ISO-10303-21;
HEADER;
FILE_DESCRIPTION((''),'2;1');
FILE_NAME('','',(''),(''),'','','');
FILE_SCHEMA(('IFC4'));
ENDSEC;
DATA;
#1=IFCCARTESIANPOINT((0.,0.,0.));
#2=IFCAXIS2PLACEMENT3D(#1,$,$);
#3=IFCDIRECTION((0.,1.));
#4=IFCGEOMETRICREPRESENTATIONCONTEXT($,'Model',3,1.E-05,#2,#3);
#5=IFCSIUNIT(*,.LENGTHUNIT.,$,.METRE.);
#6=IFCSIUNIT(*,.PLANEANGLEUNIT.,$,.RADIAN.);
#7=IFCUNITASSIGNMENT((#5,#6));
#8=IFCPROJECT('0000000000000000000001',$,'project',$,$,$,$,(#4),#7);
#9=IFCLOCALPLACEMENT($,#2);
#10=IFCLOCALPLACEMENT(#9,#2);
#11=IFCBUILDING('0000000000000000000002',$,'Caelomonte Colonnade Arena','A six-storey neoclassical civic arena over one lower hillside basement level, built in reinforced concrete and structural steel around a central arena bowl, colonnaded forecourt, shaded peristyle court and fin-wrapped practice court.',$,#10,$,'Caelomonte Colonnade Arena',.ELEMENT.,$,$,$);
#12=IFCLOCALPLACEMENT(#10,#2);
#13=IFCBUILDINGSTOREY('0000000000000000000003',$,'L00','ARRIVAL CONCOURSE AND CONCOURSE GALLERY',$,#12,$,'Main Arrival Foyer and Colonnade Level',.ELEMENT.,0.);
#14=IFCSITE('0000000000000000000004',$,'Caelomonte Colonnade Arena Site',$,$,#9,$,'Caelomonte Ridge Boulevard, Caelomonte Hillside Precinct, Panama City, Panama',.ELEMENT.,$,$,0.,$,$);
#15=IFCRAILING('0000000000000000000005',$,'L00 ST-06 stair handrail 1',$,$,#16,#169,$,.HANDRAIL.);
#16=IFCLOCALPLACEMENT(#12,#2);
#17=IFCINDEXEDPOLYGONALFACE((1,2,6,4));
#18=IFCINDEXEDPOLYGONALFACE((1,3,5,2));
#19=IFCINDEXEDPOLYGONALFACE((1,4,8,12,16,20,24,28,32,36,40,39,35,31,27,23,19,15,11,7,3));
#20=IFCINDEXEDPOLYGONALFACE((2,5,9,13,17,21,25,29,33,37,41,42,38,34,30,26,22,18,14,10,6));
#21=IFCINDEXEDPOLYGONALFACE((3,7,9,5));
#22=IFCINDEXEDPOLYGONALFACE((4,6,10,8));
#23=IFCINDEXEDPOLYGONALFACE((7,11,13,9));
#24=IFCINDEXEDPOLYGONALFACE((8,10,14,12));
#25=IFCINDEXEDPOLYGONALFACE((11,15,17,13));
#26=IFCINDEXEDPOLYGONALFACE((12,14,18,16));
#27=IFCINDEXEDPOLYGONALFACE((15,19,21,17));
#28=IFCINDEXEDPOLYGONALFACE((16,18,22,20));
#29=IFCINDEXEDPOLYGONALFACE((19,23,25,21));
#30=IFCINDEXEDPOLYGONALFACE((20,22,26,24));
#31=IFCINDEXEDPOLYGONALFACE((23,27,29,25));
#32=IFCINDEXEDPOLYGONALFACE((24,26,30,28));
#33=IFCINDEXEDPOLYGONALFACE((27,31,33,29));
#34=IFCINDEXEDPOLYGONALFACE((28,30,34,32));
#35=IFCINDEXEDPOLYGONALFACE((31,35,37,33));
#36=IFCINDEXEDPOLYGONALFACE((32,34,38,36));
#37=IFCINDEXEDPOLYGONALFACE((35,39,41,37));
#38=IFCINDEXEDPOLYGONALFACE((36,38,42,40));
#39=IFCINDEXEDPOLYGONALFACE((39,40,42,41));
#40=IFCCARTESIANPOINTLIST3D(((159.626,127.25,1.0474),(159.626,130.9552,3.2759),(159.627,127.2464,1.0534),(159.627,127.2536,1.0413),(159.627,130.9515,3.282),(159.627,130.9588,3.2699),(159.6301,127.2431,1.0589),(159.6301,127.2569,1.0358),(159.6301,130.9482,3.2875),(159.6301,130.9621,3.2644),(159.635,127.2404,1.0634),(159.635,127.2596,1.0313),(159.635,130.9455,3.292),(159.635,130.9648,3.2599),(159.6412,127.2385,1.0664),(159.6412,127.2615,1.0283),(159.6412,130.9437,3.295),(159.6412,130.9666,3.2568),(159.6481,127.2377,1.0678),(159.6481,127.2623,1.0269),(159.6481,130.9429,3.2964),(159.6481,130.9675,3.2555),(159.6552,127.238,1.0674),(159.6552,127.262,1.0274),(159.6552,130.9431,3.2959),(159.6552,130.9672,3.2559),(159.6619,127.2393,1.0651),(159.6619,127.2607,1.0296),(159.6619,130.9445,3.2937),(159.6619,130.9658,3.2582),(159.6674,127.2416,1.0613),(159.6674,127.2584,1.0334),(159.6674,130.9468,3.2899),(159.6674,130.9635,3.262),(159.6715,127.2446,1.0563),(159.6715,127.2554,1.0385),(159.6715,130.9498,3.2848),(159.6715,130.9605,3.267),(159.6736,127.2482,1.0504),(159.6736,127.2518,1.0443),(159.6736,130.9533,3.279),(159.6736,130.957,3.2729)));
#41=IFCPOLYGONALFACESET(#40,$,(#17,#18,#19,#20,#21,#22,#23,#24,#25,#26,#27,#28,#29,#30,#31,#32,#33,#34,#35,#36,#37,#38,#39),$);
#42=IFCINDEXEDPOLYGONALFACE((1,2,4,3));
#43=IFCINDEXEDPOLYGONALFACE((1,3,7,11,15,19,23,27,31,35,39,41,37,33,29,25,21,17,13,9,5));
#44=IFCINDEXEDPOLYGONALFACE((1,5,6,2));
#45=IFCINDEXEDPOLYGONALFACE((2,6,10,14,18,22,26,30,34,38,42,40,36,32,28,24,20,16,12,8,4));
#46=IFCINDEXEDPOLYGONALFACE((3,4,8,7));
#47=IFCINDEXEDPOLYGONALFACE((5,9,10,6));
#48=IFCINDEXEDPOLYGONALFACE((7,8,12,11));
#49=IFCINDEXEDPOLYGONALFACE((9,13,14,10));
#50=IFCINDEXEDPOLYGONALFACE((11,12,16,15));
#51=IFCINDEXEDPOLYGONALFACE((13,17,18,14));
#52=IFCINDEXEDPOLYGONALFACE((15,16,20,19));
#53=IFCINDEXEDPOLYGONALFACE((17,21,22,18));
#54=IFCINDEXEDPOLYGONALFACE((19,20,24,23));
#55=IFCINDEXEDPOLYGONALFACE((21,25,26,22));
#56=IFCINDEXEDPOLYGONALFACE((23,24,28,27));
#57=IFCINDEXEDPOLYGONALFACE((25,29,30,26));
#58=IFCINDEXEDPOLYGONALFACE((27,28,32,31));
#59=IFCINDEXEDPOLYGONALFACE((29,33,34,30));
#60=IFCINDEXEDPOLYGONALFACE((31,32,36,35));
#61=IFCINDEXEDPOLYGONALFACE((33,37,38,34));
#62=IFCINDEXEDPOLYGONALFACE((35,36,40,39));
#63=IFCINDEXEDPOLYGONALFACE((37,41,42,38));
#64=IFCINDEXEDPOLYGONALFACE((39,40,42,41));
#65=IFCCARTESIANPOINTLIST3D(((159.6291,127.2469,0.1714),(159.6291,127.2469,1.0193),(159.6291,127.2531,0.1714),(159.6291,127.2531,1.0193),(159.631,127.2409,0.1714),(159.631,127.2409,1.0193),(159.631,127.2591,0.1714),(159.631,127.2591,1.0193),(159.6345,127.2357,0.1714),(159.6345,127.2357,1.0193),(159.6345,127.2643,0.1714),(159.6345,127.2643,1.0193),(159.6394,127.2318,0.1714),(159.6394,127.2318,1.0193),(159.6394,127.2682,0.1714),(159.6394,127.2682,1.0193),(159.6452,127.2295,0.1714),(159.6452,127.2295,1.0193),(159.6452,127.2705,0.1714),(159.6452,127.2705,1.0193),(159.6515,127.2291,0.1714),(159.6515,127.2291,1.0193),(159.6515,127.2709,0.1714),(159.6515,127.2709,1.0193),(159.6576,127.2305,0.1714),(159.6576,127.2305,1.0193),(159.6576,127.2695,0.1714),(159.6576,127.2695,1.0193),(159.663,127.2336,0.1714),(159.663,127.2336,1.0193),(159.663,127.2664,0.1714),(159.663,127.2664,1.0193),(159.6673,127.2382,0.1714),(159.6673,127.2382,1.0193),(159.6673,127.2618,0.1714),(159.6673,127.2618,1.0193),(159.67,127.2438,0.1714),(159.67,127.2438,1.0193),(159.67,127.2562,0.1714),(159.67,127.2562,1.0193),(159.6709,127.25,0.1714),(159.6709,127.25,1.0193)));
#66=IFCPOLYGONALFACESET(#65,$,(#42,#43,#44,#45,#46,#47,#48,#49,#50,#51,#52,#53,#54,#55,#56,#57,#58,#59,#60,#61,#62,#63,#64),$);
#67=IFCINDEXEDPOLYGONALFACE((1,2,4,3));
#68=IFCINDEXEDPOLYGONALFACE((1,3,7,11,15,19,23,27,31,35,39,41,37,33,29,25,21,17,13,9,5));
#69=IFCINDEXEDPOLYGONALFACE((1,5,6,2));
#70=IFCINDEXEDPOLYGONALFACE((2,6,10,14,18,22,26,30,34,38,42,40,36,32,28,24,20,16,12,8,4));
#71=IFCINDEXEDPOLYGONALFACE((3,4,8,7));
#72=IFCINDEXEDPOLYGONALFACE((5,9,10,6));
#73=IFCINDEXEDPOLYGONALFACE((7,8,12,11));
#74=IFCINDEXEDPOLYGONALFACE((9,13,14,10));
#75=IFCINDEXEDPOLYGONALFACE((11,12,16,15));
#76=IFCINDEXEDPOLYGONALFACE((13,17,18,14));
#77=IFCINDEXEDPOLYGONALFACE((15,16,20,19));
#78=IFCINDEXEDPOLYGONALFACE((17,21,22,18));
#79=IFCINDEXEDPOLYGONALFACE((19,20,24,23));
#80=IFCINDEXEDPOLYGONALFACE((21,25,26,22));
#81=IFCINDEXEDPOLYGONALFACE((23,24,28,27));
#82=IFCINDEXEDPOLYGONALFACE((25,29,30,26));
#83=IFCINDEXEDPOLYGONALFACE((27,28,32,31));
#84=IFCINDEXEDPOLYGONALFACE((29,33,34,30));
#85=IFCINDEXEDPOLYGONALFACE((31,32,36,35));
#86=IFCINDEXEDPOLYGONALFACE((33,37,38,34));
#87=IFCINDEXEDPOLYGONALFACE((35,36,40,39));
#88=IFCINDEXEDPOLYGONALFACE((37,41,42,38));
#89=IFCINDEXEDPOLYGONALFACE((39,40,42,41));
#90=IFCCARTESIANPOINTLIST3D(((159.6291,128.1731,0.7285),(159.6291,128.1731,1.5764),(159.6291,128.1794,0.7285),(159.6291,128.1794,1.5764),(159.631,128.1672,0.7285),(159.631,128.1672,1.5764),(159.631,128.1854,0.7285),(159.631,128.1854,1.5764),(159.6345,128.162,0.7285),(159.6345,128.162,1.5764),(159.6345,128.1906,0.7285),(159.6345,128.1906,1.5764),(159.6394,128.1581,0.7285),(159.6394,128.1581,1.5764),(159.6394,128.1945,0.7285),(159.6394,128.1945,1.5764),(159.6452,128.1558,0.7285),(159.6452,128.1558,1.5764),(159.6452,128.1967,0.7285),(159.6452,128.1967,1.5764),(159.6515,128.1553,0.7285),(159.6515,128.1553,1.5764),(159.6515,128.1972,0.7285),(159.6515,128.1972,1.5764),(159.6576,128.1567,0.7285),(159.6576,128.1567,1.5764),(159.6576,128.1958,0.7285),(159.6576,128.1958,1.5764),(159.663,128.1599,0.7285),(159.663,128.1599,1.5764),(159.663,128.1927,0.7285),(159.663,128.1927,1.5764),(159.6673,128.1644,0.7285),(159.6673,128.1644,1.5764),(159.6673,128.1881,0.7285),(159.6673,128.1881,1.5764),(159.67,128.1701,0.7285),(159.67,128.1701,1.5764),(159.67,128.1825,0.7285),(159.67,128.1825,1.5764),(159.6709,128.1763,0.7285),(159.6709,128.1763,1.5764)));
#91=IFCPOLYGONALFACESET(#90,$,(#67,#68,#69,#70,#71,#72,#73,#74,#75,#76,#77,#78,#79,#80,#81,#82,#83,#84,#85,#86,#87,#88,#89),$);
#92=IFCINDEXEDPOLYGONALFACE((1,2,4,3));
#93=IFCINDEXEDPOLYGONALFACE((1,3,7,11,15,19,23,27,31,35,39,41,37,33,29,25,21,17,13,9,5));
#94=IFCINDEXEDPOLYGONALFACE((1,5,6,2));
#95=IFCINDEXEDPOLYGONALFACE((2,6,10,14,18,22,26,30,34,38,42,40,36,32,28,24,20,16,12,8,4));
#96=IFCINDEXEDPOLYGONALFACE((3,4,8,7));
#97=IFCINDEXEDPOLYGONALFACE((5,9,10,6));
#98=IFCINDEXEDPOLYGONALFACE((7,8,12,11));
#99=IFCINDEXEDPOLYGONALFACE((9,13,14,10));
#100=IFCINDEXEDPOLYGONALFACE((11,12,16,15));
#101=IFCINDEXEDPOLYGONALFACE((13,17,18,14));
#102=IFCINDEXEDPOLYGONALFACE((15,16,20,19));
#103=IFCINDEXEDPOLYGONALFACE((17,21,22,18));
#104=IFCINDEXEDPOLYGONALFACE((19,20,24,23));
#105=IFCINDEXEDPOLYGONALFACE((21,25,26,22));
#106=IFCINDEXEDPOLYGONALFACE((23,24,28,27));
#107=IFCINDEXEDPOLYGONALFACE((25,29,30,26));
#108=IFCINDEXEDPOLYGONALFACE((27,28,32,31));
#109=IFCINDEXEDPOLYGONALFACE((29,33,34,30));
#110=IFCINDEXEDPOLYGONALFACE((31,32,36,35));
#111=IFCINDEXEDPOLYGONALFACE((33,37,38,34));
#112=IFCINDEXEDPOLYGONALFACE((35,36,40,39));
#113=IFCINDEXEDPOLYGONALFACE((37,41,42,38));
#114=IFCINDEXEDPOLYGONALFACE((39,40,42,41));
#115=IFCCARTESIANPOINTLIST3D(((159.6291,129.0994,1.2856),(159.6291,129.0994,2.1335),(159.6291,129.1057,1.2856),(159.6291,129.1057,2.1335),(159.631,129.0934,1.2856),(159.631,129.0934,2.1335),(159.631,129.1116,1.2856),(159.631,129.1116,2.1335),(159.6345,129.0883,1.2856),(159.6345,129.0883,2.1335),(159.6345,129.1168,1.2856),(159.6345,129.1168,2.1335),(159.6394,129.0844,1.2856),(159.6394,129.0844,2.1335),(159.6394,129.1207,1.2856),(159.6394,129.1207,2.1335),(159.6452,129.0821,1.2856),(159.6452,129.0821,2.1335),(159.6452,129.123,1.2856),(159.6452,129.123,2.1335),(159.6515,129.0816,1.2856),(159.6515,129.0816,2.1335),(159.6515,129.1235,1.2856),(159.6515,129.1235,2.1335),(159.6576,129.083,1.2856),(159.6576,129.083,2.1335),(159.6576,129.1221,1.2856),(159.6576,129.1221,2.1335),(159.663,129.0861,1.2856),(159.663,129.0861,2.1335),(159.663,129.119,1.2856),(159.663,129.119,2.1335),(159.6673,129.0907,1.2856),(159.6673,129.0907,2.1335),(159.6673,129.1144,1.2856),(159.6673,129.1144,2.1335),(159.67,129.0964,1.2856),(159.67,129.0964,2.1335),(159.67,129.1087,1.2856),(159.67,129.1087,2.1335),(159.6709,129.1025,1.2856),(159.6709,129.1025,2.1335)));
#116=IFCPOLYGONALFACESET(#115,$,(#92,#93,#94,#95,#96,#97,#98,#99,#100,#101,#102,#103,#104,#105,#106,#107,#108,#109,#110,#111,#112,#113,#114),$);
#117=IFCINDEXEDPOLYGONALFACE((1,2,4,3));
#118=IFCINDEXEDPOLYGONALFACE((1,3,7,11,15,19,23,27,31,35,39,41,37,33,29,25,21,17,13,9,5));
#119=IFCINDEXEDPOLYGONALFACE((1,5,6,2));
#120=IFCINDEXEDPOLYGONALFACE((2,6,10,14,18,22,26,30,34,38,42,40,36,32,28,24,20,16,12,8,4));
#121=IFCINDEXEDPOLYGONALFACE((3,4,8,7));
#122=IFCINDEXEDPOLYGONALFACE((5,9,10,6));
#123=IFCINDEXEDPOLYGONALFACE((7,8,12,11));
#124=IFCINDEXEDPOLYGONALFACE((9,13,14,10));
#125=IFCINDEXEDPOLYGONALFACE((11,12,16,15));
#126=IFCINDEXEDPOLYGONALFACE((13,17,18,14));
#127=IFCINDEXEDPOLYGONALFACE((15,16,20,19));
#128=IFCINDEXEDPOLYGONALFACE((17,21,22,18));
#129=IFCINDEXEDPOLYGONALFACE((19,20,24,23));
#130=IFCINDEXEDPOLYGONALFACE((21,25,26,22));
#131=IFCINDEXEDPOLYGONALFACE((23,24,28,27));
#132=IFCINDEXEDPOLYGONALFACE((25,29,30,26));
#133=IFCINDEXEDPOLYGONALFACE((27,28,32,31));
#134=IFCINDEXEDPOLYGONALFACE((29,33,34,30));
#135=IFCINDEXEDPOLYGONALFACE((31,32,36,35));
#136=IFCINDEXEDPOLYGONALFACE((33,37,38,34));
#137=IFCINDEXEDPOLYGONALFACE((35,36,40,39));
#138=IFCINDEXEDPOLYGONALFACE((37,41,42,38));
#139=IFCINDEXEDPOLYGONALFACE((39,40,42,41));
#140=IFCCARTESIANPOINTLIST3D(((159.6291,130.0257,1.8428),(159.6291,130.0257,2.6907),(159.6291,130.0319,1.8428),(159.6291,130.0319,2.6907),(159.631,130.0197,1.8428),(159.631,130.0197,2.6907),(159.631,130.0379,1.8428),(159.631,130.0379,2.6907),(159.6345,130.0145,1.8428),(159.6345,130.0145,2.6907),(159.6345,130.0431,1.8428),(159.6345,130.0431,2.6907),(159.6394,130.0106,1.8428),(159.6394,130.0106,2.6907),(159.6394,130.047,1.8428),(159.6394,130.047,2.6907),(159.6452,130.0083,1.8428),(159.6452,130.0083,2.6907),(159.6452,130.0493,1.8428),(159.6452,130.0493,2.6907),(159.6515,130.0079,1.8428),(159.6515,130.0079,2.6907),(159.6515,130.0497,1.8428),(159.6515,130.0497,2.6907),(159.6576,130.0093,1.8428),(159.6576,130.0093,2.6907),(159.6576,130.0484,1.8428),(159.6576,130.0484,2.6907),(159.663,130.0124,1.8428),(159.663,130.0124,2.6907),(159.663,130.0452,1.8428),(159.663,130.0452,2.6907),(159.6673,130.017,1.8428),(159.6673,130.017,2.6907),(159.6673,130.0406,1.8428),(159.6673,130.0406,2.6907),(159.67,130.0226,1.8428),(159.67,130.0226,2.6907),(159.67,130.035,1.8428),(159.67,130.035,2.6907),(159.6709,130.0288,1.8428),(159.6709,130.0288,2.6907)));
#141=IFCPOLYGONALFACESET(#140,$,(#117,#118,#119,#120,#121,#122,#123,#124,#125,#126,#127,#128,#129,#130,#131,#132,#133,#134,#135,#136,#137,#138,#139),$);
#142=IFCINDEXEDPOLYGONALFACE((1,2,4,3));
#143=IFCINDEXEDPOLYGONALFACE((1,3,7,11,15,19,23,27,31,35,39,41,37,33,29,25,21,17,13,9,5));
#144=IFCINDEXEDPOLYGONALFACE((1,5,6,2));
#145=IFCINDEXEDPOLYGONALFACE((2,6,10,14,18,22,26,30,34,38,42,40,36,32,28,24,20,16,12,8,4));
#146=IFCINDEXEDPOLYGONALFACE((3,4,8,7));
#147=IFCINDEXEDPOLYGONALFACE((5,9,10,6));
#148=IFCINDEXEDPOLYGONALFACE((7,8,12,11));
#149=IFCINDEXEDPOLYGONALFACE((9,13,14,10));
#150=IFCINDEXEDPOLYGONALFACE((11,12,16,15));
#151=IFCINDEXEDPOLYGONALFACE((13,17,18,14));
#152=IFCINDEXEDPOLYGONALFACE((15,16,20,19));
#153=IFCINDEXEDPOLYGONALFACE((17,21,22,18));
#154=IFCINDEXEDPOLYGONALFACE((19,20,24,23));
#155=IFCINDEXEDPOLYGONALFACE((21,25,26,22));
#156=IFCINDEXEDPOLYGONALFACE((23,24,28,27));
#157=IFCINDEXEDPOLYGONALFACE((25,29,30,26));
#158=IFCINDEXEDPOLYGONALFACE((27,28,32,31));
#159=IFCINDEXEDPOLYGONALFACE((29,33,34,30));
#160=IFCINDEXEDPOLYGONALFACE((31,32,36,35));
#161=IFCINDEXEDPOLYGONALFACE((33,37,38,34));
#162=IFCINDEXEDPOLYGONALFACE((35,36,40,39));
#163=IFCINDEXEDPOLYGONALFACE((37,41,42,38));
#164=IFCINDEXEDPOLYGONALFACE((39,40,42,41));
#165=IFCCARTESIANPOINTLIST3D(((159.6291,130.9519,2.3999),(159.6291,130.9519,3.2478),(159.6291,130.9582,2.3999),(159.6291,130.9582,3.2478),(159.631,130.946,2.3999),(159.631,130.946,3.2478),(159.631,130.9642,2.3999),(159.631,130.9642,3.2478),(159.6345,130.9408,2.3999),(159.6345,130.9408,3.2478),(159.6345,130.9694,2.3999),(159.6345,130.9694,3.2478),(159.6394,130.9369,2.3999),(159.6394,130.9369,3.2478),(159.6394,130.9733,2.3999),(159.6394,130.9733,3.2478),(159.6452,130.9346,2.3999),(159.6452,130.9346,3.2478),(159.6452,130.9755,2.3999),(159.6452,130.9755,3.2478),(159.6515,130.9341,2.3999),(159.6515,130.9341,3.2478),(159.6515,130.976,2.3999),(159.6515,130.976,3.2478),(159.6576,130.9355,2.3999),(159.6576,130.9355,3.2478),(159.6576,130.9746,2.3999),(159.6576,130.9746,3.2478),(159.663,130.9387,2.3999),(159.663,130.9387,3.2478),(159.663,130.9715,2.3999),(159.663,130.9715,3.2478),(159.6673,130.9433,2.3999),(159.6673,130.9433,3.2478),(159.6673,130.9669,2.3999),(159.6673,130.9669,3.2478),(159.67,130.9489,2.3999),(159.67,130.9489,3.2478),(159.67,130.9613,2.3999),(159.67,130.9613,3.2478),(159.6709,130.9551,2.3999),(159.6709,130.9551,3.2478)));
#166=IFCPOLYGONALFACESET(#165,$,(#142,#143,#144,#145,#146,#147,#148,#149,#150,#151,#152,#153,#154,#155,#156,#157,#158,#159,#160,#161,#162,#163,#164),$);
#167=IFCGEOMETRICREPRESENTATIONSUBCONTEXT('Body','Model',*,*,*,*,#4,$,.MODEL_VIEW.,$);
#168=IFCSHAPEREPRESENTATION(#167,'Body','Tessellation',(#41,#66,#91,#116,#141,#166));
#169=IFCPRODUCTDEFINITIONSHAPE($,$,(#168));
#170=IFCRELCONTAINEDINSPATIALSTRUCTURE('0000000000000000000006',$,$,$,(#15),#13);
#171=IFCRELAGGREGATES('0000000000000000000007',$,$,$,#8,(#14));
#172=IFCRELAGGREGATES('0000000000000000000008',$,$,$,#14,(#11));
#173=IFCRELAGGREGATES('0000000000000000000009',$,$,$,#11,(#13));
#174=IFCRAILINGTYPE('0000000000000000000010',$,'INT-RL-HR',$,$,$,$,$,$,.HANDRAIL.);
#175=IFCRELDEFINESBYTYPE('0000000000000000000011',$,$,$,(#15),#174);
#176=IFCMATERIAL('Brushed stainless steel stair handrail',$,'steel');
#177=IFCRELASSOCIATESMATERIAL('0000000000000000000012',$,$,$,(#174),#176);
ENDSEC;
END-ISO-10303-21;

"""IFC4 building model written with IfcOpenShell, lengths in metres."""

from ifc_helpers import new_model, si_unit, direction, frame, origin, origin_2d, place, context, subcontext, project, spatial, circle, extrude, material, type_object, element, save


model = new_model("IFC4")

# Units and contexts
model_context = context("Model", 3, precision=1e-05, world=origin(), true_north=direction((0.0, 1.0)))
body_context = subcontext(model_context, "Body", "Model", "MODEL_VIEW")
ifc_project = project(units=[si_unit("LENGTHUNIT", "METRE"), si_unit("PLANEANGLEUNIT", "RADIAN")], contexts=[model_context])

# Site, building, storey
site_placement = place(None, origin())
site = spatial("IfcSite", under=ifc_project, at=site_placement, Name="Caelomonte Colonnade Arena Site", LongName="Caelomonte Ridge Boulevard, Caelomonte Hillside Precinct, Panama City, Panama", CompositionType="ELEMENT", RefElevation=0.0)
building_placement = place(site_placement, origin())
building = spatial("IfcBuilding", under=site, at=building_placement, Name="Caelomonte Colonnade Arena", Description="A six-storey neoclassical civic arena over one lower hillside basement level, built in reinforced concrete and structural steel around a central arena bowl, colonnaded forecourt, shaded peristyle court and fin-wrapped practice court.", LongName="Caelomonte Colonnade Arena", CompositionType="ELEMENT")
storey_placement = place(building_placement, origin())
storey = spatial("IfcBuildingStorey", under=building, at=storey_placement, Name="L00", Description="ARRIVAL CONCOURSE AND CONCOURSE GALLERY", LongName="Main Arrival Foyer and Colonnade Level", CompositionType="ELEMENT", Elevation=0.0)

# Railing
ifc_material_1 = material(Name="Brushed stainless steel stair handrail", Category="steel")
railing_type_1 = type_object("IfcRailingType", Name="INT-RL-HR", PredefinedType="HANDRAIL", material=ifc_material_1)
railing_1_placement = place(storey_placement, frame((159.6499, 127.25, 0.1714)))
element("IfcRailing", 1, at=railing_1_placement, inside=storey, type_object=railing_type_1, Name="L00 ST-06 stair handrail 1", PredefinedType="HANDRAIL", context=body_context, shape_type="SweptSolid", body=[
    extrude(circle(Radius=0.0239, at=origin_2d()), frame((0.0, 0.0, 0.876), z_axis=(0.0, 0.856934, 0.515425), x_axis=(-1.0, 0.0, 0.0)), (0.0, 0.0, 1.0), 4.3237),
    extrude(circle(Radius=0.021, at=origin_2d()), origin(), (0.0, 0.0, 1.0), 0.8479),
    extrude(circle(Radius=0.021, at=origin_2d()), frame((0.0, 0.9263, 0.5571)), (0.0, 0.0, 1.0), 0.8479),
    extrude(circle(Radius=0.021, at=origin_2d()), frame((0.0, 1.8525, 1.1143)), (0.0, 0.0, 1.0), 0.8479),
    extrude(circle(Radius=0.021, at=origin_2d()), frame((0.0, 2.7788, 1.6714)), (0.0, 0.0, 1.0), 0.8479),
    extrude(circle(Radius=0.021, at=origin_2d()), frame((0.0, 3.7051, 2.2285)), (0.0, 0.0, 1.0), 0.8479),
])

save(model, "model.ifc")
